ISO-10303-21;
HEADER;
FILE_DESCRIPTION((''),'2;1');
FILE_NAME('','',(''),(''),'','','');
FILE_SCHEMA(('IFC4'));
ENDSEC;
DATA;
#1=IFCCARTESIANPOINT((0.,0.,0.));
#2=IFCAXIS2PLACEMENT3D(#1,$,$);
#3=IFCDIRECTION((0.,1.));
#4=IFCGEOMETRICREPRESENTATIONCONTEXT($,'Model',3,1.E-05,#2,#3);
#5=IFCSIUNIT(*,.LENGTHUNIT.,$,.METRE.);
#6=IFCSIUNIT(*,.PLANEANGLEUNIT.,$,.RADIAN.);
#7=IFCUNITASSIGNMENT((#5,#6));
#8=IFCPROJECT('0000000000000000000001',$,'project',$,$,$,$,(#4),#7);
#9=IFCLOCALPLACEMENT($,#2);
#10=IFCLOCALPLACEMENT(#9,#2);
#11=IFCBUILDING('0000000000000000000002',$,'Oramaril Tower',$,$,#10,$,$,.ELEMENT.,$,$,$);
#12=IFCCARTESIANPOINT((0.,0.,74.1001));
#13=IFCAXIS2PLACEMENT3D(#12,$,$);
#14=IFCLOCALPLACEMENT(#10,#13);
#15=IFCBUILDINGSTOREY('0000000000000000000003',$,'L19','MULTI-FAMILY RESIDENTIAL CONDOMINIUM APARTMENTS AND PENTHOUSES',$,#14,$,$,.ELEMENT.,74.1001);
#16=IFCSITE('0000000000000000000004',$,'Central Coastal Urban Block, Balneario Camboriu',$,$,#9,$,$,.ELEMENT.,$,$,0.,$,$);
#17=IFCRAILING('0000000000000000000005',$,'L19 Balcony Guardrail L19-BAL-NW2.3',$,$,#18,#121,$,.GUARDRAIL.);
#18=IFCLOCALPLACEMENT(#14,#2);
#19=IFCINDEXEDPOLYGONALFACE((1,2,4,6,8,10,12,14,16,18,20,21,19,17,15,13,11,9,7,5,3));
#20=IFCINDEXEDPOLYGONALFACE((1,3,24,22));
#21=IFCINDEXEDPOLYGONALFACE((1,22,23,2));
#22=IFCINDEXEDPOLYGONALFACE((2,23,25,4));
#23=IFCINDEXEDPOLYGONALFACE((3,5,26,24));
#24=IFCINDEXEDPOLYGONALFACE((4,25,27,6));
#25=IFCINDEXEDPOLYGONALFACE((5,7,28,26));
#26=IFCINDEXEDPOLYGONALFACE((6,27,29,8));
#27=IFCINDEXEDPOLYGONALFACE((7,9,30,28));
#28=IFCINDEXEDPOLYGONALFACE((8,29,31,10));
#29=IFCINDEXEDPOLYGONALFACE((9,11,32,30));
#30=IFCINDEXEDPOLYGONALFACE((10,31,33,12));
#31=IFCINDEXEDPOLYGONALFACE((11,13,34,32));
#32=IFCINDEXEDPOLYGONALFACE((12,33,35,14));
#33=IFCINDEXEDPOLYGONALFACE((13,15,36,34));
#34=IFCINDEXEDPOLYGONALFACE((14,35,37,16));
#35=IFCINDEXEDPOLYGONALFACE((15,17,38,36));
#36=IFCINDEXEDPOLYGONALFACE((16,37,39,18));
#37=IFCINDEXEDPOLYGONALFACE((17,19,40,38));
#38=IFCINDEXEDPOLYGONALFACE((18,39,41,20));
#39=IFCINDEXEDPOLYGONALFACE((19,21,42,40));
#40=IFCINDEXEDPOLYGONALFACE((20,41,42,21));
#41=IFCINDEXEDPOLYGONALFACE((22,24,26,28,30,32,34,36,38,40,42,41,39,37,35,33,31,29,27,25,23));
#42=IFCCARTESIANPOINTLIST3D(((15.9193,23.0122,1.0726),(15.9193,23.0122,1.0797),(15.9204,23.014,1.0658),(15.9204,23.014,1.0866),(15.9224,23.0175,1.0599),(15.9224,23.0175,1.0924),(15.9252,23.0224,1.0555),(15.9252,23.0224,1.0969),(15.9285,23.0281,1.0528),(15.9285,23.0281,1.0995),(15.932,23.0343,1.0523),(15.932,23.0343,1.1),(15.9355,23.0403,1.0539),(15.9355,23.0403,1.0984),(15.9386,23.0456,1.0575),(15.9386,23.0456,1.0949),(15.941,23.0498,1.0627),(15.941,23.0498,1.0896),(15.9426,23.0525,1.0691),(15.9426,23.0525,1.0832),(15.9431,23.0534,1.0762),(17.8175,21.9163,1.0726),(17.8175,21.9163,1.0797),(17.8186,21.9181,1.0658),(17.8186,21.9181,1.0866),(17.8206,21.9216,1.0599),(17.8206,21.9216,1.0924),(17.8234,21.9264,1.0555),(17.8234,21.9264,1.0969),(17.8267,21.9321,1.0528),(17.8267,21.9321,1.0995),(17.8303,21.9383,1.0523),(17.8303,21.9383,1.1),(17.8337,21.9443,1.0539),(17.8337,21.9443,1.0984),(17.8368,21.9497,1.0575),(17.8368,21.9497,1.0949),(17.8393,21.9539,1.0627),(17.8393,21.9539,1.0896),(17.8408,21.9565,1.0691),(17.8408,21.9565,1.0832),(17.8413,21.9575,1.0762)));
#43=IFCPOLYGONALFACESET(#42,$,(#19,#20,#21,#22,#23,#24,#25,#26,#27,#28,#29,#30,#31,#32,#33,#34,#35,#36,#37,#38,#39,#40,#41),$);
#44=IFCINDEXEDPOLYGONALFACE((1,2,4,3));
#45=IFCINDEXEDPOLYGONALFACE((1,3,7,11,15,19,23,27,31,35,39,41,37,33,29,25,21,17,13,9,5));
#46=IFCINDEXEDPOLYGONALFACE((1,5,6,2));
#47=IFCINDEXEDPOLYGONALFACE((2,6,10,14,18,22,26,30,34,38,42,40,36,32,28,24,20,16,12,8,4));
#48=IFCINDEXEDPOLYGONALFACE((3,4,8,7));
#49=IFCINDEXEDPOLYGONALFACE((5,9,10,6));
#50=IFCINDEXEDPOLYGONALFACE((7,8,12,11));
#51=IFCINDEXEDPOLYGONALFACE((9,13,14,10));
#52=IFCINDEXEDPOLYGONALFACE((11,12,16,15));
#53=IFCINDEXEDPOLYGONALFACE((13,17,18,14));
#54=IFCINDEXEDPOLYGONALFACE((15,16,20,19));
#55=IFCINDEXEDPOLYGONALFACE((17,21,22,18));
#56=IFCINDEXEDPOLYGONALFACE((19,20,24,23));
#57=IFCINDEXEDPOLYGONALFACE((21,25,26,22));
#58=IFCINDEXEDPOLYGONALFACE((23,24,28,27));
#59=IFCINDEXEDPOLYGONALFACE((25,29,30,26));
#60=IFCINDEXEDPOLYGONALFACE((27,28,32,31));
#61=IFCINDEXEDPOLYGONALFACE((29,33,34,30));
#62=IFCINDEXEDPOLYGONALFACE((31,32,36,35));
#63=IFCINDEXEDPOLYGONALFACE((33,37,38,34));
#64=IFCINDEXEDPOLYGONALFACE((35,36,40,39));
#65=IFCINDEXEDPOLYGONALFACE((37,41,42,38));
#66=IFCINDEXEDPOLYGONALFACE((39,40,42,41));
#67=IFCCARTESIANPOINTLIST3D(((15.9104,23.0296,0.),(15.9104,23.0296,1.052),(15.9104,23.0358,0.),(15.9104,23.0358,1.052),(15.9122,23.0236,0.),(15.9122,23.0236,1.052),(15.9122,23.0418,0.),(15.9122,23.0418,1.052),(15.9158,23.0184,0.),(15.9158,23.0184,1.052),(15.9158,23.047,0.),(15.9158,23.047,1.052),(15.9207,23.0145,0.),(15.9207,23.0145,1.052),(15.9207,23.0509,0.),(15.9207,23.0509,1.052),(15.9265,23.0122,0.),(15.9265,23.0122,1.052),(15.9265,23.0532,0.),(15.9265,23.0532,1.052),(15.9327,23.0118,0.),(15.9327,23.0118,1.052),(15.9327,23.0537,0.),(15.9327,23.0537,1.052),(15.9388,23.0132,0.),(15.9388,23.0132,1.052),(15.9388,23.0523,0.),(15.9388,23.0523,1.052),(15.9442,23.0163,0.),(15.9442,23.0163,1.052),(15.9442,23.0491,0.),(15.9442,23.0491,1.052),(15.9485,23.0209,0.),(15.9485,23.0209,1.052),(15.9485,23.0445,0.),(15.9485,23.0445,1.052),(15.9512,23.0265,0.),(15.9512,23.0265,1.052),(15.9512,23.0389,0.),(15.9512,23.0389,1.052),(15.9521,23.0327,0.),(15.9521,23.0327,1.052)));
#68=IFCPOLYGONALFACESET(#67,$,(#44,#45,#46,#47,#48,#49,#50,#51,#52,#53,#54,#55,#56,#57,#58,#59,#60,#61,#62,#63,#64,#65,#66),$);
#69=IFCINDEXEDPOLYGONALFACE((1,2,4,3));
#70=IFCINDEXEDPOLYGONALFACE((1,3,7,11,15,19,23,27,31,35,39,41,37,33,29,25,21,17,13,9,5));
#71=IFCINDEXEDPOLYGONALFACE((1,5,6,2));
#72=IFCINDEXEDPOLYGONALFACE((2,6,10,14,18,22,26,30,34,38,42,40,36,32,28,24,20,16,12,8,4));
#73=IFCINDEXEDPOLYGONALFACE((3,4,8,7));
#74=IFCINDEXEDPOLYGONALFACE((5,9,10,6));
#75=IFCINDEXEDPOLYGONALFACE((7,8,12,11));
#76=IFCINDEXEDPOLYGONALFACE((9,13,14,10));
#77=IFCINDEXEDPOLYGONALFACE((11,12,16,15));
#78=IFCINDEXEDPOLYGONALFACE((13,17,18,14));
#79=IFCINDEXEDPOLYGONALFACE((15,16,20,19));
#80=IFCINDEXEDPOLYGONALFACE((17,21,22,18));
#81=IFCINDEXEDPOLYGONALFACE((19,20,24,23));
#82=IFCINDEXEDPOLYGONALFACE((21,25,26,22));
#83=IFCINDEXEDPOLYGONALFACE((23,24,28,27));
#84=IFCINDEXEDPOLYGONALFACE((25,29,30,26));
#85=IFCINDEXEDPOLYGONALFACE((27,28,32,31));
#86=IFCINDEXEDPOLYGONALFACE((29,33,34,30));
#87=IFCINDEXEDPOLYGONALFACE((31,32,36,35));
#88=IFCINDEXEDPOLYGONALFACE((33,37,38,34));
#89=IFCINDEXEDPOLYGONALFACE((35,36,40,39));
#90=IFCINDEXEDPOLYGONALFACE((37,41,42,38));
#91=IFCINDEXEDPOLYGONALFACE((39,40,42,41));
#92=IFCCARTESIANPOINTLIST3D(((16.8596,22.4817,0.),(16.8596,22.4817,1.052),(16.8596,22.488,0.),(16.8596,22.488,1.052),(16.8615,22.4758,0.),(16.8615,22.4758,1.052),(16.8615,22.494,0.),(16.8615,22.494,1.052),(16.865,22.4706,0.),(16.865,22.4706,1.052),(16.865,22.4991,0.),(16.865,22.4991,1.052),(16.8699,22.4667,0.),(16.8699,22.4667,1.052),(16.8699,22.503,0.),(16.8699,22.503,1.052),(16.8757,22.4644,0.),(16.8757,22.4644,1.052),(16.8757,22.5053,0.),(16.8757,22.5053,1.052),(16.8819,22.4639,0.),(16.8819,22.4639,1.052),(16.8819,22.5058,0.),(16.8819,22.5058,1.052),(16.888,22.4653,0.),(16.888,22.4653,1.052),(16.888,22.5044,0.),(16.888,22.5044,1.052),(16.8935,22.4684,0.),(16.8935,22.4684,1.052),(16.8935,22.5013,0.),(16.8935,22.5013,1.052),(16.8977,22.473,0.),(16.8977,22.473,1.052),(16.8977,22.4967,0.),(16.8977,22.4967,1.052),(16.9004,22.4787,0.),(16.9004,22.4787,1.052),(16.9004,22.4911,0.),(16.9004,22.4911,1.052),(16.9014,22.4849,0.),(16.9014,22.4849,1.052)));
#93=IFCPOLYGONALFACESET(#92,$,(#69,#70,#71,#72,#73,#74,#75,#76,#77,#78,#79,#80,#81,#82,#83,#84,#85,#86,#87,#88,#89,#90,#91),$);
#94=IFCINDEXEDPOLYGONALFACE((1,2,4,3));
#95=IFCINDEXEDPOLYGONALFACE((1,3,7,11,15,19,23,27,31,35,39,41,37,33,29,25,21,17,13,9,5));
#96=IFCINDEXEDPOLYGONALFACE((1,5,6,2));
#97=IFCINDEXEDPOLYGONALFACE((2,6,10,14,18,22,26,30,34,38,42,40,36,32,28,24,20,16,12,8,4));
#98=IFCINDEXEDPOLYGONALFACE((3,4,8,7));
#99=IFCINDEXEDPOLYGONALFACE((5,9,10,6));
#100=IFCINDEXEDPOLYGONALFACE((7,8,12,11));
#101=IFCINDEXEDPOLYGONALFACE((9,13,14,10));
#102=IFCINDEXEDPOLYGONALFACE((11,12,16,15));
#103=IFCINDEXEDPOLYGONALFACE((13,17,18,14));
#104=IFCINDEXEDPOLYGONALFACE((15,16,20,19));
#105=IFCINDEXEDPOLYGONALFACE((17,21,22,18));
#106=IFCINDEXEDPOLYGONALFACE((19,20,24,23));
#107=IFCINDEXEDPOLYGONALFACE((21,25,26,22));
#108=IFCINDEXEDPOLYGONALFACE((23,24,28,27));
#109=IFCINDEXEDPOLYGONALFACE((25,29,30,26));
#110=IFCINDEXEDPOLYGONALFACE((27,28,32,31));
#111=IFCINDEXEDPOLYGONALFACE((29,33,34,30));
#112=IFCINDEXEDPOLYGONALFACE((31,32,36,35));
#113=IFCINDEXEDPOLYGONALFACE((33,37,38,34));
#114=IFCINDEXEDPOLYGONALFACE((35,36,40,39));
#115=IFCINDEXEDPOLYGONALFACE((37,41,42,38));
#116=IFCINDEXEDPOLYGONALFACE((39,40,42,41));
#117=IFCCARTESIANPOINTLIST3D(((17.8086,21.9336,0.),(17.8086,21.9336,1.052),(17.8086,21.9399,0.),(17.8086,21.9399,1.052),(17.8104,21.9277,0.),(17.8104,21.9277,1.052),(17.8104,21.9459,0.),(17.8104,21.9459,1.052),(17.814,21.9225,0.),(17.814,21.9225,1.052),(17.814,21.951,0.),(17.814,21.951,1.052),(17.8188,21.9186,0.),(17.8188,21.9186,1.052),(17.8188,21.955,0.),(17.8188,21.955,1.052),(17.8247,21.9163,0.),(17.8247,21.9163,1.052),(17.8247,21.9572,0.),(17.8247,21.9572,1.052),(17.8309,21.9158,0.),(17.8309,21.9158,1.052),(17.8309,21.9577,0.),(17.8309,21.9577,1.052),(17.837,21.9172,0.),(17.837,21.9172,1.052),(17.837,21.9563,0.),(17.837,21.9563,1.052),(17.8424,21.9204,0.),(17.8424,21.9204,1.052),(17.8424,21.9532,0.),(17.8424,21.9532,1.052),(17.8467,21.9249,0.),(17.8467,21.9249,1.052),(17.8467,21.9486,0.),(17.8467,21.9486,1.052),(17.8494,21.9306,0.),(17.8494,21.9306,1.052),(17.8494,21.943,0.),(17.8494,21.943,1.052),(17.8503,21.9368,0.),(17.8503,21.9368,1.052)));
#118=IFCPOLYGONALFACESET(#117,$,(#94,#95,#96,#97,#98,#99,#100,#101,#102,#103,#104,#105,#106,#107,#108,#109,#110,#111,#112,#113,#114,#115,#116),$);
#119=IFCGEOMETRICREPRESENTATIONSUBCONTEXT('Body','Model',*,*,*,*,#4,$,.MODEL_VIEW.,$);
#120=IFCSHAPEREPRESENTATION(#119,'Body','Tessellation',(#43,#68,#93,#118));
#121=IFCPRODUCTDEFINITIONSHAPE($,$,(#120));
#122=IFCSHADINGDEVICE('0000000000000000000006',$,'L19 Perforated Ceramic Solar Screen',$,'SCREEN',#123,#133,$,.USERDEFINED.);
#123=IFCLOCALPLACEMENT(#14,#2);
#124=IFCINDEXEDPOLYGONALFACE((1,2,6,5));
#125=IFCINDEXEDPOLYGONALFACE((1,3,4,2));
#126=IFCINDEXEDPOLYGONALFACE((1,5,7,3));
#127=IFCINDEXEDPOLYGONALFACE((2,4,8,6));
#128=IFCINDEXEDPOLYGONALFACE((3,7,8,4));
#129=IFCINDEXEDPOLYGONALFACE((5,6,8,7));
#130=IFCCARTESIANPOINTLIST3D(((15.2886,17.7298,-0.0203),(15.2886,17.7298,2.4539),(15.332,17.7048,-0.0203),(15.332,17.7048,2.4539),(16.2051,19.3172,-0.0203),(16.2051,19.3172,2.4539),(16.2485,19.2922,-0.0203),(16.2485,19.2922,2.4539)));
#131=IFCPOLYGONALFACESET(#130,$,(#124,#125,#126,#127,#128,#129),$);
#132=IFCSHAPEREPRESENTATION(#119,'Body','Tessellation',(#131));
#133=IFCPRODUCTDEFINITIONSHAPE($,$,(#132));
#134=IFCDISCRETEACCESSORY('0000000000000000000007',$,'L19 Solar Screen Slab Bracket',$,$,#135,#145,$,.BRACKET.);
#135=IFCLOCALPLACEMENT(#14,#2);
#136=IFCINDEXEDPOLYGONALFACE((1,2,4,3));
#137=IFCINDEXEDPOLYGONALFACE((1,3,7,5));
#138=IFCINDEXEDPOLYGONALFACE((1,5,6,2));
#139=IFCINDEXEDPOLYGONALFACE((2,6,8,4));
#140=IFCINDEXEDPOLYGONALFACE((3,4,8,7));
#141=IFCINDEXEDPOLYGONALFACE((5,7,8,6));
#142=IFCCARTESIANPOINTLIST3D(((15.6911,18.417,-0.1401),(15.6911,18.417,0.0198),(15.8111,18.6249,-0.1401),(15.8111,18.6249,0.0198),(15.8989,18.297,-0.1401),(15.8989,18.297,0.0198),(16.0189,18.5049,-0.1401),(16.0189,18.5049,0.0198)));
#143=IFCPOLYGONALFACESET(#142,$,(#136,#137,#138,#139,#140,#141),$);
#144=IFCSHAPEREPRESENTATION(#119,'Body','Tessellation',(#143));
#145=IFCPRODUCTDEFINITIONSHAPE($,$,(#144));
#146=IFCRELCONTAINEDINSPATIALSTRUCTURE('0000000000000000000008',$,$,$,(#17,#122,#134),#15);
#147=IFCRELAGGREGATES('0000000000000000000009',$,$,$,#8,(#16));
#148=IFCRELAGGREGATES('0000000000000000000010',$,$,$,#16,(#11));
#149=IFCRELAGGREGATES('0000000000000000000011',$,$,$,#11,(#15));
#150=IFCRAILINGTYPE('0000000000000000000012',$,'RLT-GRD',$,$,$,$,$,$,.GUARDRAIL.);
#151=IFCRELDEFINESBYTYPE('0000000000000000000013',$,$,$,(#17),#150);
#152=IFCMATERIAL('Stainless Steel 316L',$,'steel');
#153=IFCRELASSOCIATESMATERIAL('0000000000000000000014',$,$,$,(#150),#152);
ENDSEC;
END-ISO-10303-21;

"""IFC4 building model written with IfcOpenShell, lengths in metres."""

from ifc_helpers import new_model, si_unit, direction, frame, origin, origin_2d, place, context, subcontext, project, spatial, rectangle, circle, extrude, material, type_object, element, save


model = new_model("IFC4")

# Units and contexts
model_context = context("Model", 3, precision=1e-05, world=origin(), true_north=direction((0.0, 1.0)))
body_context = subcontext(model_context, "Body", "Model", "MODEL_VIEW")
ifc_project = project(units=[si_unit("LENGTHUNIT", "METRE"), si_unit("PLANEANGLEUNIT", "RADIAN")], contexts=[model_context])

# Site, building, storey
site_placement = place(None, origin())
site = spatial("IfcSite", under=ifc_project, at=site_placement, Name="Central Coastal Urban Block, Balneario Camboriu", CompositionType="ELEMENT", RefElevation=0.0)
building_placement = place(site_placement, origin())
building = spatial("IfcBuilding", under=site, at=building_placement, Name="Oramaril Tower", CompositionType="ELEMENT")
storey_placement = place(building_placement, frame((0.0, 0.0, 74.1001)))
storey = spatial("IfcBuildingStorey", under=building, at=storey_placement, Name="L19", Description="MULTI-FAMILY RESIDENTIAL CONDOMINIUM APARTMENTS AND PENTHOUSES", CompositionType="ELEMENT", Elevation=74.1001)

# Railing
ifc_material_1 = material(Name="Stainless Steel 316L", Category="steel")
railing_type = type_object("IfcRailingType", Name="RLT-GRD", PredefinedType="GUARDRAIL", material=ifc_material_1)
railing_1_placement = place(storey_placement, frame((15.9312, 23.0327, 0.0)))
element("IfcRailing", 1, at=railing_1_placement, inside=storey, type_object=railing_type, Name="L19 Balcony Guardrail L19-BAL-NW2.3", PredefinedType="GUARDRAIL", context=body_context, shape_type="SweptSolid", body=[
    extrude(circle(Radius=0.0239, at=origin_2d()), frame((0.0, 0.0, 1.0762), z_axis=(0.866021, -0.500008, 0.0), x_axis=(0.500008, 0.866021, 0.0)), (0.0, 0.0, 1.0), 2.1919),
    extrude(circle(Radius=0.021, at=origin_2d()), origin(), (0.0, 0.0, 1.0), 1.052),
    extrude(circle(Radius=0.021, at=origin_2d()), frame((0.9492, -0.5479, 0.0)), (0.0, 0.0, 1.0), 1.052),
    extrude(circle(Radius=0.021, at=origin_2d()), frame((1.8982, -1.0959, 0.0)), (0.0, 0.0, 1.0), 1.052),
])

# Shading device
shading_device_placement = place(storey_placement, frame((15.7686, 18.511, -0.0203), z_axis=(0.0, 0.0, 1.0), x_axis=(-0.5, -0.866025, 0.0)))
element("IfcShadingDevice", 2, at=shading_device_placement, inside=storey, Name="L19 Perforated Ceramic Solar Screen", ObjectType="SCREEN", PredefinedType="USERDEFINED", context=body_context, shape_type="SweptSolid", body=[
    extrude(rectangle(XDim=1.833, YDim=0.05, at=origin_2d()), origin(), (0.0, 0.0, 1.0), 2.4741),
])

# Discrete accessory
discrete_accessory_placement = place(storey_placement, frame((15.855, 18.4609, -0.1401), z_axis=(0.0, 0.0, 1.0), x_axis=(-0.5, -0.866025, 0.0)))
element("IfcDiscreteAccessory", 3, at=discrete_accessory_placement, inside=storey, Name="L19 Solar Screen Slab Bracket", PredefinedType="BRACKET", context=body_context, shape_type="SweptSolid", body=[
    extrude(rectangle(XDim=0.24, YDim=0.24, at=origin_2d()), origin(), (0.0, 0.0, 1.0), 0.1599),
])

save(model, "model.ifc")
